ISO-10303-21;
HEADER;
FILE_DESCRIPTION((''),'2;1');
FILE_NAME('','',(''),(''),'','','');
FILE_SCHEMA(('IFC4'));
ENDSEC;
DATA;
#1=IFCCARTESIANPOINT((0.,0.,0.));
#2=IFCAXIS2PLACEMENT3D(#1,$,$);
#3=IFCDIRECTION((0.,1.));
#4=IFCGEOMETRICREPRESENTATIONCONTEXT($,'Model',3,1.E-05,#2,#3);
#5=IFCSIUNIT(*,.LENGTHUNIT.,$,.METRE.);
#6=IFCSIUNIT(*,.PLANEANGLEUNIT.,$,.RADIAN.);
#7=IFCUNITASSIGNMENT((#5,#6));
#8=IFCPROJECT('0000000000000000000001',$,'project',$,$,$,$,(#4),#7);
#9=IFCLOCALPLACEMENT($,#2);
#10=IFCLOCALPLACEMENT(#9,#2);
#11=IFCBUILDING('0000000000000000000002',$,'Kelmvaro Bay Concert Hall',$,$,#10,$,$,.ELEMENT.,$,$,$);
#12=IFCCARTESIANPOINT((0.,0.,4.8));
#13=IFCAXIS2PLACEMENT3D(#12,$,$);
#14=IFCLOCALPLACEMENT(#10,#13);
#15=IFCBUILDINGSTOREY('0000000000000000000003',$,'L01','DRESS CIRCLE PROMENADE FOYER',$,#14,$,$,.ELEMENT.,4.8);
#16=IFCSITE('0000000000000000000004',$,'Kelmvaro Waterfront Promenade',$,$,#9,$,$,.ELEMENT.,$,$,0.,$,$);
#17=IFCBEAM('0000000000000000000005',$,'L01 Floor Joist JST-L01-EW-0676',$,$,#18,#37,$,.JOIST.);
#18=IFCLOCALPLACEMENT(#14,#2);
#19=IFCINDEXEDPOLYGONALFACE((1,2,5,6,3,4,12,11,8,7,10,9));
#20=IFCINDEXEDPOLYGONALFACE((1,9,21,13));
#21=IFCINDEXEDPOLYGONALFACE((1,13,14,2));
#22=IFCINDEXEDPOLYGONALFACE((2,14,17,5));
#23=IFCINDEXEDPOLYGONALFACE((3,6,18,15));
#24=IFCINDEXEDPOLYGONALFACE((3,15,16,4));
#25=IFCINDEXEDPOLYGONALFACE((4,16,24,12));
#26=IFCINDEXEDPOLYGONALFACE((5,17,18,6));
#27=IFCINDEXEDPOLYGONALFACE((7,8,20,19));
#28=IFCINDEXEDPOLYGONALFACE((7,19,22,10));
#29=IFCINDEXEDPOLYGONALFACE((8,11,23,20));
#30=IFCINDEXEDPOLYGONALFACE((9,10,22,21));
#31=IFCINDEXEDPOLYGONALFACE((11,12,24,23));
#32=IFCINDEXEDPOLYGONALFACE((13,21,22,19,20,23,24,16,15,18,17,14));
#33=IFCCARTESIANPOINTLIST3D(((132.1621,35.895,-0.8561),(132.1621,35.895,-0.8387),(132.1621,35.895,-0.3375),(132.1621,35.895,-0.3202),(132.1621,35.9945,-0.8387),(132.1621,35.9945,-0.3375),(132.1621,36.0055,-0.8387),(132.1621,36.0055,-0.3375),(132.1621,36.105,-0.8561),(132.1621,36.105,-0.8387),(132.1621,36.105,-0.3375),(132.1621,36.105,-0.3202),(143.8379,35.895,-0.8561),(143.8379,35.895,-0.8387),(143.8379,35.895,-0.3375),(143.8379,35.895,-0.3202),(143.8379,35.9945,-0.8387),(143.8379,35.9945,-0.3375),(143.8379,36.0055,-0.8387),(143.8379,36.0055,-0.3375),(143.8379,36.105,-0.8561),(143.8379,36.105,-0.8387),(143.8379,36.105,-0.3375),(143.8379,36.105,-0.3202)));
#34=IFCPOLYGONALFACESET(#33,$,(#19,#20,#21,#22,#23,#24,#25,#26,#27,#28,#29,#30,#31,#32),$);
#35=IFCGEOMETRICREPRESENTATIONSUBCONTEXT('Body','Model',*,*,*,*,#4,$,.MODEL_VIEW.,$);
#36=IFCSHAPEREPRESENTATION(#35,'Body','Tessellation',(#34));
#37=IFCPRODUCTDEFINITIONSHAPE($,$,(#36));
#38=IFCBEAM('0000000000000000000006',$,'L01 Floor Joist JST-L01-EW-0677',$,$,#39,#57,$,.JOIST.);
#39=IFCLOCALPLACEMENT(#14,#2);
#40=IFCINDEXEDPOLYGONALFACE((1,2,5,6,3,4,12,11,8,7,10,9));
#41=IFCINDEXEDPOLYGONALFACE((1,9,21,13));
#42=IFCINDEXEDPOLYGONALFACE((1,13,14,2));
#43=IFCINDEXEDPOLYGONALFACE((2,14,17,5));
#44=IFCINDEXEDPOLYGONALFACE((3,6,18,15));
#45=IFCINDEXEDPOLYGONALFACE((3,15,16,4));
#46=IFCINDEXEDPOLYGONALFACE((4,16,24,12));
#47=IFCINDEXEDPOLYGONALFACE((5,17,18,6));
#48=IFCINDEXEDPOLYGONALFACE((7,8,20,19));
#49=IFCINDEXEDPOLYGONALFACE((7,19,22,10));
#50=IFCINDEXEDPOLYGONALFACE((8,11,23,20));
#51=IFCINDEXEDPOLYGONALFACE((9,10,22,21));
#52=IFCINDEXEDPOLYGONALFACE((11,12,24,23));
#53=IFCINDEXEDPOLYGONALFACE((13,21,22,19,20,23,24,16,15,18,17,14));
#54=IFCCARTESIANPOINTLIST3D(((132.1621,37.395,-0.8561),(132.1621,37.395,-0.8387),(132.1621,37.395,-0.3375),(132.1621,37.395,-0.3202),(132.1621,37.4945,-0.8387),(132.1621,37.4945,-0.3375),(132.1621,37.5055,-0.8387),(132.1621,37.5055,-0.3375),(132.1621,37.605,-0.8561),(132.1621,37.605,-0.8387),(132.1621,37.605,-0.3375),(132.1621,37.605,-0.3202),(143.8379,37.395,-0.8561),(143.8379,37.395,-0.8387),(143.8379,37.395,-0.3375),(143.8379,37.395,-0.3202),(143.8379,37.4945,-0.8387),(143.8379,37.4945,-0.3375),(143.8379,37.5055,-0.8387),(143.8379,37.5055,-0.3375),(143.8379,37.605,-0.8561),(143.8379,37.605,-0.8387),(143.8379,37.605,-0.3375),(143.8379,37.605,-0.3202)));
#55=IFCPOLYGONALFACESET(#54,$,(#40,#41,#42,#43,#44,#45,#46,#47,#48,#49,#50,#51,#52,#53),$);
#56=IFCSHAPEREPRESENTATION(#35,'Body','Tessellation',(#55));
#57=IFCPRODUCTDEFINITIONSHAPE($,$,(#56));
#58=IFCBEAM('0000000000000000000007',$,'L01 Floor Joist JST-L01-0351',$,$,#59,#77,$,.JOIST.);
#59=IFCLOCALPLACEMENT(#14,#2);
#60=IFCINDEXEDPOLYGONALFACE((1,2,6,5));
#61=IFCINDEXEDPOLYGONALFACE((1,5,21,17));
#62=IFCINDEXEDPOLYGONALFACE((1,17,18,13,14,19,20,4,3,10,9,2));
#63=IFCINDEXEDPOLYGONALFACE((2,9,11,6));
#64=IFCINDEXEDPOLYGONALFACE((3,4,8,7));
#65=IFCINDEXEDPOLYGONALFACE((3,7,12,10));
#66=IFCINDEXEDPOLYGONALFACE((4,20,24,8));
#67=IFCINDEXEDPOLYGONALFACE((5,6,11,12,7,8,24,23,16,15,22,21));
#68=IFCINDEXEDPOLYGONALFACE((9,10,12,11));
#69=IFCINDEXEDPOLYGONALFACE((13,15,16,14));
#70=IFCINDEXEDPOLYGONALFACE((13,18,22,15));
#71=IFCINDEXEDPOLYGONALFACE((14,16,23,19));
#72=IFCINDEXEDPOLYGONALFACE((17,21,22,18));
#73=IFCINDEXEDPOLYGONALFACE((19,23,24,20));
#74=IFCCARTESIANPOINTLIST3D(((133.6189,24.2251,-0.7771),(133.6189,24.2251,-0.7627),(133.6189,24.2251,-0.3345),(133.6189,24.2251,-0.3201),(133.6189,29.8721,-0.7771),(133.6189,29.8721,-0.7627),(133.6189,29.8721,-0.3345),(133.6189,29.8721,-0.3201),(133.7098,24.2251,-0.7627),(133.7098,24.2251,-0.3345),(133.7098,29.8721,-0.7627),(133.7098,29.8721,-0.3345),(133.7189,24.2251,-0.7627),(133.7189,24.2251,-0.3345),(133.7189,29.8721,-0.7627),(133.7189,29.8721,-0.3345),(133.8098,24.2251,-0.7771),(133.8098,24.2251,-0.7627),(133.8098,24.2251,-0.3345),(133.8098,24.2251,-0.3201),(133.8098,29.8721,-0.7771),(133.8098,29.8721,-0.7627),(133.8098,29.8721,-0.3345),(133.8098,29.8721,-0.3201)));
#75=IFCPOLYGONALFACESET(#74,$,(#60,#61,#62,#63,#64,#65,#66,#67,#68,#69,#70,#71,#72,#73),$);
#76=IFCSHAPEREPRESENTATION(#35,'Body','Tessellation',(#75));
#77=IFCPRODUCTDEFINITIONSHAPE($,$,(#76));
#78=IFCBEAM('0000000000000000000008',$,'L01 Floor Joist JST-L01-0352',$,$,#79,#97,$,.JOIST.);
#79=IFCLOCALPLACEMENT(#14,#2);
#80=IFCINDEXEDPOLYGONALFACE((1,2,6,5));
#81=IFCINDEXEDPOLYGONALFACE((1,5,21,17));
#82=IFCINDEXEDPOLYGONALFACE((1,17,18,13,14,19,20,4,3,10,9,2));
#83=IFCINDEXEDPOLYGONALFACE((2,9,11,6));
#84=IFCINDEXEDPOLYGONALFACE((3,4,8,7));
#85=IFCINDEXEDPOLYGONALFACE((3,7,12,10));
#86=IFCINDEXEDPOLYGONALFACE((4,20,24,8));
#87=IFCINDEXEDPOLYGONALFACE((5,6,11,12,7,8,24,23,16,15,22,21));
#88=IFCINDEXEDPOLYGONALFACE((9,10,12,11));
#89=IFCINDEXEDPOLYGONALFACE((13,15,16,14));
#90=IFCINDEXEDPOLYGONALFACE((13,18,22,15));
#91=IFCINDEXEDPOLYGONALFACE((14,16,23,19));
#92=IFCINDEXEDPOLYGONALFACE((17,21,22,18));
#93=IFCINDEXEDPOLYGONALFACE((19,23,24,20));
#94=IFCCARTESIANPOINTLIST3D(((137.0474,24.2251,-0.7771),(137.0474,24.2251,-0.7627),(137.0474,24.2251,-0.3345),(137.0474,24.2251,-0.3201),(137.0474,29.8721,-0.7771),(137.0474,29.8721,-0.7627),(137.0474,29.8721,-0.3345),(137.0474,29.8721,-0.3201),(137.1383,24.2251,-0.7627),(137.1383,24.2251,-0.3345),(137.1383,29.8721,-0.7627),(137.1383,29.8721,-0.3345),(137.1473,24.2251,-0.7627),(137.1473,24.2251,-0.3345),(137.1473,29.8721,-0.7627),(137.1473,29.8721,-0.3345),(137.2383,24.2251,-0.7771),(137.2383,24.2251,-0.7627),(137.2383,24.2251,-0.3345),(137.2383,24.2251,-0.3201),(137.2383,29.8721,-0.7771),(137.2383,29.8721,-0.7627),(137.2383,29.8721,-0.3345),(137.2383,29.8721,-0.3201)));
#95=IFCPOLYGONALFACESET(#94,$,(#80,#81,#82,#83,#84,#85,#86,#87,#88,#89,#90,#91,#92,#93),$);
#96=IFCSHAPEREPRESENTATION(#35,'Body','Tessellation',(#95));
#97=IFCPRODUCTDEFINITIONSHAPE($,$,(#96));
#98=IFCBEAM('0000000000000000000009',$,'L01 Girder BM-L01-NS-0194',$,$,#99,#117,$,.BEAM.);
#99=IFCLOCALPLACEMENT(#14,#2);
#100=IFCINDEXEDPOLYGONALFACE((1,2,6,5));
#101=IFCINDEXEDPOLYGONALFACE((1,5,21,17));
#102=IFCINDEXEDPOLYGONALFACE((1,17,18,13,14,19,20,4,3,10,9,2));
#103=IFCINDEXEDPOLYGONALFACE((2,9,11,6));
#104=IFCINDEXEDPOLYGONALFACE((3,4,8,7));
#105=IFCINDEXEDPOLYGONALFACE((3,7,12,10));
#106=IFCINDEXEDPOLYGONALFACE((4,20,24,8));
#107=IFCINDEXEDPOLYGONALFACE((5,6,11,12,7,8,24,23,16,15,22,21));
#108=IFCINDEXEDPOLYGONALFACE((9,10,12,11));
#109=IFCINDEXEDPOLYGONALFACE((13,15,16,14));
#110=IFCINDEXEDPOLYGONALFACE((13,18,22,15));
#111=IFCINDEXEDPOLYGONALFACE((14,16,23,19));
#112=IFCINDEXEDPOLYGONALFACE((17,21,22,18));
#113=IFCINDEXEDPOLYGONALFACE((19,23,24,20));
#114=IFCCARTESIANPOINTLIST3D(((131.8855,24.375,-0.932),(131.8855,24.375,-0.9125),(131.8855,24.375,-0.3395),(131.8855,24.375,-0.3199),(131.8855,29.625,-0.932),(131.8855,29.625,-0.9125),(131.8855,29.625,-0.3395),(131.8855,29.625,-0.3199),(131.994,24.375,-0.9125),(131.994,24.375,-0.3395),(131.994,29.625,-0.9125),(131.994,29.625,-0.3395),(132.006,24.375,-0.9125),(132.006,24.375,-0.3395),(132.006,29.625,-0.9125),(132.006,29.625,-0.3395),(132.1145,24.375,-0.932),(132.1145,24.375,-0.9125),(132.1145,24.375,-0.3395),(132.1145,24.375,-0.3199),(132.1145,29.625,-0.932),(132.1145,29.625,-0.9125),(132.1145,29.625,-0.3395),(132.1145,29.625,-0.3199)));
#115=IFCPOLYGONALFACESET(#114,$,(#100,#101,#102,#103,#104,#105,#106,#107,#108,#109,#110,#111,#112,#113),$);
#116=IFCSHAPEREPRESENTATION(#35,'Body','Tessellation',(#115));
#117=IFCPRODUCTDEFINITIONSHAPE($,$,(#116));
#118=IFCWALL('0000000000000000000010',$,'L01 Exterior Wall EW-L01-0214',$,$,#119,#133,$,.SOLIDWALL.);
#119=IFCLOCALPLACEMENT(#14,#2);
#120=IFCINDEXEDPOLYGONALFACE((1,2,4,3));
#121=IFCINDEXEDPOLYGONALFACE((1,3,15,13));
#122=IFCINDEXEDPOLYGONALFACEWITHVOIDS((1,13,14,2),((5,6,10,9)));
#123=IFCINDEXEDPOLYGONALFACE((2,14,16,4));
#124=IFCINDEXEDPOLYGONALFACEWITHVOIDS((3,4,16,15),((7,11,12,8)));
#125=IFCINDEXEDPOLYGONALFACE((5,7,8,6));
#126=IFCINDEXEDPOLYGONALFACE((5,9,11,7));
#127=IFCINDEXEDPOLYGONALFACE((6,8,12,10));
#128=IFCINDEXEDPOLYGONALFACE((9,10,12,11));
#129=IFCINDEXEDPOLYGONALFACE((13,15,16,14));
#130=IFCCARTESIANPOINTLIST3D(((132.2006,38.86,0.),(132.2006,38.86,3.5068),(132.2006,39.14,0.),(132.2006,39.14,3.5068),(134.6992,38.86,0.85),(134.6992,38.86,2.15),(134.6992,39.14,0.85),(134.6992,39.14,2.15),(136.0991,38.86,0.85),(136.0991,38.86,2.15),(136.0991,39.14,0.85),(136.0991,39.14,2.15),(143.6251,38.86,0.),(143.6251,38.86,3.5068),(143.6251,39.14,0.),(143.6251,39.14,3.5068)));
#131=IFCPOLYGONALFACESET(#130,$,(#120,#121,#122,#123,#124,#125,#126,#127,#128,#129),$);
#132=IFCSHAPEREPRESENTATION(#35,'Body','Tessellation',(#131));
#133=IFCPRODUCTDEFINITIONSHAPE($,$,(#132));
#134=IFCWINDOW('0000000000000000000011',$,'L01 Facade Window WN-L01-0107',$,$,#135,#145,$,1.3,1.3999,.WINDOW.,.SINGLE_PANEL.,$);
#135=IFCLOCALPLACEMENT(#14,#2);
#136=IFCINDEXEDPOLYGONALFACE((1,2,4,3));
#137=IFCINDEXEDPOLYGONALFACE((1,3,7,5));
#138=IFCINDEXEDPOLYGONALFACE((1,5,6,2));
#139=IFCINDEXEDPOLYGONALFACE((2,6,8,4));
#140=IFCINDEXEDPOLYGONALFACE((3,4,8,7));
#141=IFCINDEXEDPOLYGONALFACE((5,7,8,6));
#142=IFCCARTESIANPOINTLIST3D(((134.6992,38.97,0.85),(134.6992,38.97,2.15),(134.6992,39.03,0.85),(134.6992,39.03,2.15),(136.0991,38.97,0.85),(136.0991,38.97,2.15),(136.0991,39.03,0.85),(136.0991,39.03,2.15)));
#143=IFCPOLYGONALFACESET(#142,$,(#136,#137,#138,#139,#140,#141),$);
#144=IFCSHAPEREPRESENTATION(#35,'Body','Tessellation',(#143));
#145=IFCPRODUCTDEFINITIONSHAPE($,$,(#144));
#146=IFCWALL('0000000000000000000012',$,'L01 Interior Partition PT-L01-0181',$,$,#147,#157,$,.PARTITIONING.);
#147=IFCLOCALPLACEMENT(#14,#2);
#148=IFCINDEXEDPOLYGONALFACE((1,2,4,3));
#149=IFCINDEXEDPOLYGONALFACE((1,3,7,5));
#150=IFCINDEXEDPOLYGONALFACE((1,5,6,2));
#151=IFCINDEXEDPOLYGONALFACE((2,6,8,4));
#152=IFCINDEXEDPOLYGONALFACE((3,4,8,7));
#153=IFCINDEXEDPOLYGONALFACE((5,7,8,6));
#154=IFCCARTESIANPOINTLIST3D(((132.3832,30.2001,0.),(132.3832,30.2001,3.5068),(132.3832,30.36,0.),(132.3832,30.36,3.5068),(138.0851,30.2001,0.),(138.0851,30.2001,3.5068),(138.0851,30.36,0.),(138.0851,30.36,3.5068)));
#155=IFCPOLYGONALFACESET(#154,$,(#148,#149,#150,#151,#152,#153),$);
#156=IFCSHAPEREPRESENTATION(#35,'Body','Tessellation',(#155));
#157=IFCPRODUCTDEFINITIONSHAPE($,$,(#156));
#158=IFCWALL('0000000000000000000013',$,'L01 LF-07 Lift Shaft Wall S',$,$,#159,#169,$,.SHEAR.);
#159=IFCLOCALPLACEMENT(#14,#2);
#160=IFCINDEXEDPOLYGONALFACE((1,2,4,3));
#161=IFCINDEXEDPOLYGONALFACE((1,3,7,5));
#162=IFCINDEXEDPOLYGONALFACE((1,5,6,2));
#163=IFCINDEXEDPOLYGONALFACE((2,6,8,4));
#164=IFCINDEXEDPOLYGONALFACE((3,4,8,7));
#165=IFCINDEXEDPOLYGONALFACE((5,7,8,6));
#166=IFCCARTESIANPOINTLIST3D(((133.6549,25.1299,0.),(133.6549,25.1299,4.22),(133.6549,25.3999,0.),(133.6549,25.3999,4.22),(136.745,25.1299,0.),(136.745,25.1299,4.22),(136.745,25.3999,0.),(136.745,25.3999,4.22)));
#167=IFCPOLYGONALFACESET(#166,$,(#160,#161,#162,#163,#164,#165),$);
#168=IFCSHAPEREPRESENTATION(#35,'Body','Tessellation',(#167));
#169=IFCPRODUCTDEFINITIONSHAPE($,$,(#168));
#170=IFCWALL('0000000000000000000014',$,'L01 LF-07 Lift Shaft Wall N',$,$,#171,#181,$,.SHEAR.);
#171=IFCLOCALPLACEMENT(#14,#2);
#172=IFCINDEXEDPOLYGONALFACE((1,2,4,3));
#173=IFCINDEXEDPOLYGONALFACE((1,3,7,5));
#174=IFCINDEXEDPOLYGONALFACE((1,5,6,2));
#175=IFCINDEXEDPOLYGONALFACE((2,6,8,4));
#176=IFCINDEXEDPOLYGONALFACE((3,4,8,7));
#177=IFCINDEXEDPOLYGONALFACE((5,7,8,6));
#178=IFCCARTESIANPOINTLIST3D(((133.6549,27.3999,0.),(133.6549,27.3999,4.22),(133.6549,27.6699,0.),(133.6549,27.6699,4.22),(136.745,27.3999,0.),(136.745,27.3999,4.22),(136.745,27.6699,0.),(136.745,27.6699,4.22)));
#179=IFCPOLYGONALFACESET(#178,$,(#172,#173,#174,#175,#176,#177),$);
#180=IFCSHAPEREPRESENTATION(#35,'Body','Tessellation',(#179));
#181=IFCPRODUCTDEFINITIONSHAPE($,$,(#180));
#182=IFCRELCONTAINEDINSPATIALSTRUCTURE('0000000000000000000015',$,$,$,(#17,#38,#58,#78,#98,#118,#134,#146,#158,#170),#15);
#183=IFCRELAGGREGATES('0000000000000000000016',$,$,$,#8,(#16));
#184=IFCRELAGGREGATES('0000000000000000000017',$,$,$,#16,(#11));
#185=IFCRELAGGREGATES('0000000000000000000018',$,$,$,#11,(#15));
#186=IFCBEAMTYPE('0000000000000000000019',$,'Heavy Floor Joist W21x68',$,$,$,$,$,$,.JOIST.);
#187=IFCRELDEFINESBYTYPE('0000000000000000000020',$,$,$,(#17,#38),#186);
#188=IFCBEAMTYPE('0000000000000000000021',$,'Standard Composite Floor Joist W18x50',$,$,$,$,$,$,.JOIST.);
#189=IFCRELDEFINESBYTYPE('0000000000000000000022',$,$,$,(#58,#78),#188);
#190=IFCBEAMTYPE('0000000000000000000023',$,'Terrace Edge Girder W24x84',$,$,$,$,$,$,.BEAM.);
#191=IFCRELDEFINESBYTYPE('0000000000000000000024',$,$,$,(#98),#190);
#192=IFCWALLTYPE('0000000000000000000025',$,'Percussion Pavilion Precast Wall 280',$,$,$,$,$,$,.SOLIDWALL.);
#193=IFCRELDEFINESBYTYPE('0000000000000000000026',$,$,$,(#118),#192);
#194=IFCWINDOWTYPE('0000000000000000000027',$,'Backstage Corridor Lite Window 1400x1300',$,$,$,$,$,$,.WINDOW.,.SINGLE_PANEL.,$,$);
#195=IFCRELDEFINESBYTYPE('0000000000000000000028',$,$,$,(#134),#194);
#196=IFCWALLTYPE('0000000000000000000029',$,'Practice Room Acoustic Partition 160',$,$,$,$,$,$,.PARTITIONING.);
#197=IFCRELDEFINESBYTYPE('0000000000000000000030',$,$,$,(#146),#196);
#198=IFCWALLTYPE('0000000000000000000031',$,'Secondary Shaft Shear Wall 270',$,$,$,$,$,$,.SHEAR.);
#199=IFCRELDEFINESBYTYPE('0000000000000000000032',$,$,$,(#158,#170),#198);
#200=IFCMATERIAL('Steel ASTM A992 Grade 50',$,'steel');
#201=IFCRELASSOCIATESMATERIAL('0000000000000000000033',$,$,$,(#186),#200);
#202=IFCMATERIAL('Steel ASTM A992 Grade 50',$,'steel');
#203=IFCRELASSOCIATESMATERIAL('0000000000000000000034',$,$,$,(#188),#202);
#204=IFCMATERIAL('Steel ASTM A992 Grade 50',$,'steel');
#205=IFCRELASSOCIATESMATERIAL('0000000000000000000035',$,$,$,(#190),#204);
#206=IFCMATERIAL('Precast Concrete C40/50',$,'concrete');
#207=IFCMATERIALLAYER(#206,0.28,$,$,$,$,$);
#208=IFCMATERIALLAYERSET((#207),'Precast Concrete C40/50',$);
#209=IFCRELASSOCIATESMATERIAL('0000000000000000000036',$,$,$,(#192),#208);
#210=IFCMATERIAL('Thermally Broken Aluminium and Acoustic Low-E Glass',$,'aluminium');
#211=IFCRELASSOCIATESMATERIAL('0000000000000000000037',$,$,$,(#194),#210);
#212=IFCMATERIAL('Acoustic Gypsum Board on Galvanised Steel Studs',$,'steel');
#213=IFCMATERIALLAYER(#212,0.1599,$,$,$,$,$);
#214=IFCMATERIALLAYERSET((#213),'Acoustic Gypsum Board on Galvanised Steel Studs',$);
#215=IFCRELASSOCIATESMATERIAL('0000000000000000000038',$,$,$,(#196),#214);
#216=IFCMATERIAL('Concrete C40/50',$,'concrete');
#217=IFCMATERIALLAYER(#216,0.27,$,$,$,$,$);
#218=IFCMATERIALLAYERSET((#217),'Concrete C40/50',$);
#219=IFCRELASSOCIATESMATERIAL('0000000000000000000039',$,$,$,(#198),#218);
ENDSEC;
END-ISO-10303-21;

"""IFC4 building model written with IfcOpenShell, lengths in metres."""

from ifc_helpers import new_model, si_unit, direction, frame, frame_2d, origin, origin_2d, place, context, subcontext, project, spatial, rectangle, i_section, extrude, material, layer, layer_set, material_profile, profile_set, type_object, element, fill, save


model = new_model("IFC4")

# Units and contexts
model_context = context("Model", 3, precision=1e-05, world=origin(), true_north=direction((0.0, 1.0)))
body_context = subcontext(model_context, "Body", "Model", "MODEL_VIEW")
ifc_project = project(units=[si_unit("LENGTHUNIT", "METRE"), si_unit("PLANEANGLEUNIT", "RADIAN")], contexts=[model_context])

# Site, building, storey
site_placement = place(None, origin())
site = spatial("IfcSite", under=ifc_project, at=site_placement, Name="Kelmvaro Waterfront Promenade", CompositionType="ELEMENT", RefElevation=0.0)
building_placement = place(site_placement, origin())
building = spatial("IfcBuilding", under=site, at=building_placement, Name="Kelmvaro Bay Concert Hall", CompositionType="ELEMENT")
storey_placement = place(building_placement, frame((0.0, 0.0, 4.8)))
storey = spatial("IfcBuildingStorey", under=building, at=storey_placement, Name="L01", Description="DRESS CIRCLE PROMENADE FOYER", CompositionType="ELEMENT", Elevation=4.8)

# Beams
ifc_material_1 = material(Name="Steel ASTM A992 Grade 50", Category="steel")
ifc_material_profile_1 = material_profile(ifc_material_1, i_section(OverallWidth=0.21, OverallDepth=0.5359, WebThickness=0.011, FlangeThickness=0.0173, at=origin_2d()), Name="W21X68")
ifc_profile_set_1 = profile_set([ifc_material_profile_1], Name="Steel ASTM A992 Grade 50")
beam_type_1 = type_object("IfcBeamType", Name="Heavy Floor Joist W21x68", PredefinedType="JOIST", material=ifc_profile_set_1)
for number, where, z_axis, x_axis, name in (
    (1, (132.1621, 36.0, -0.5881), (1.0, 0.0, 0.0), (0.0, 1.0, 0.0), "L01 Floor Joist JST-L01-EW-0676"),
    (2, (132.1621, 37.5, -0.5881), (1.0, 0.0, 0.0), (0.0, 1.0, 0.0), "L01 Floor Joist JST-L01-EW-0677"),
):
    element("IfcBeam", number, at=place(storey_placement, frame(where, z_axis=z_axis, x_axis=x_axis)), inside=storey, type_object=beam_type_1, Name=name, PredefinedType="JOIST", context=body_context, shape_type="SweptSolid", body=[
        extrude(i_section(OverallWidth=0.21, OverallDepth=0.5359, WebThickness=0.011, FlangeThickness=0.0173, at=origin_2d()), origin(), (0.0, 0.0, 1.0), 11.6758),
    ])
ifc_material_2 = material(Name="Steel ASTM A992 Grade 50", Category="steel")
ifc_material_profile_2 = material_profile(ifc_material_2, i_section(OverallWidth=0.1909, OverallDepth=0.457, WebThickness=0.009, FlangeThickness=0.0144, at=origin_2d()), Name="W18X50")
ifc_profile_set_2 = profile_set([ifc_material_profile_2], Name="Steel ASTM A992 Grade 50")
beam_type_2 = type_object("IfcBeamType", Name="Standard Composite Floor Joist W18x50", PredefinedType="JOIST", material=ifc_profile_set_2)
for number, where, z_axis, x_axis, name in (
    (3, (133.7144, 24.2251, -0.5486), (0.0, 1.0, 0.0), (-1.0, 0.0, 0.0), "L01 Floor Joist JST-L01-0351"),
    (4, (137.1428, 24.2251, -0.5486), (0.0, 1.0, 0.0), (-1.0, 0.0, 0.0), "L01 Floor Joist JST-L01-0352"),
):
    element("IfcBeam", number, at=place(storey_placement, frame(where, z_axis=z_axis, x_axis=x_axis)), inside=storey, type_object=beam_type_2, Name=name, PredefinedType="JOIST", context=body_context, shape_type="SweptSolid", body=[
        extrude(i_section(OverallWidth=0.1909, OverallDepth=0.457, WebThickness=0.009, FlangeThickness=0.0144, at=origin_2d()), origin(), (0.0, 0.0, 1.0), 5.647),
    ])
ifc_material_3 = material(Name="Steel ASTM A992 Grade 50", Category="steel")
ifc_material_profile_3 = material_profile(ifc_material_3, i_section(OverallWidth=0.229, OverallDepth=0.6121, WebThickness=0.012, FlangeThickness=0.0195, at=origin_2d()), Name="W24X84")
ifc_profile_set_3 = profile_set([ifc_material_profile_3], Name="Steel ASTM A992 Grade 50")
beam_type_3 = type_object("IfcBeamType", Name="Terrace Edge Girder W24x84", PredefinedType="BEAM", material=ifc_profile_set_3)
beam_1_placement = place(storey_placement, frame((132.0, 24.375, -0.626), z_axis=(0.0, 1.0, 0.0), x_axis=(-1.0, 0.0, 0.0)))
element("IfcBeam", 5, at=beam_1_placement, inside=storey, type_object=beam_type_3, Name="L01 Girder BM-L01-NS-0194", PredefinedType="BEAM", context=body_context, shape_type="SweptSolid", body=[
    extrude(i_section(OverallWidth=0.229, OverallDepth=0.6121, WebThickness=0.012, FlangeThickness=0.0195, at=origin_2d()), origin(), (0.0, 0.0, 1.0), 5.25),
])

# Wall, opening, window
ifc_material_4 = material(Name="Precast Concrete C40/50", Category="concrete")
ifc_layer_1 = layer(ifc_material_4, 0.28)
ifc_layer_set_1 = layer_set([ifc_layer_1], Name="Precast Concrete C40/50")
wall_type_1 = type_object("IfcWallType", Name="Percussion Pavilion Precast Wall 280", PredefinedType="SOLIDWALL", material=ifc_layer_set_1)
wall_1_placement = place(storey_placement, frame((132.2004, 39.0, 0.0), z_axis=(0.0, 0.0, 1.0), x_axis=(1.0, 0.0, 0.0)))
wall_1 = element("IfcWall", 6, at=wall_1_placement, inside=storey, type_object=wall_type_1, Name="L01 Exterior Wall EW-L01-0214", PredefinedType="SOLIDWALL", context=body_context, shape_type="SweptSolid", body=[
    extrude(rectangle(XDim=11.4246, YDim=0.28, at=frame_2d((5.7124, 0.0))), origin(), (0.0, 0.0, 1.0), 3.5068),
])
opening_1_placement = place(wall_1_placement, frame((2.4988, 0.0, 0.8501)))
opening_1 = element("IfcOpeningElement", 7, at=opening_1_placement, cuts=wall_1, PredefinedType="OPENING", context=body_context, shape_type="SweptSolid", body=[
    extrude(rectangle(XDim=1.3999, YDim=1.3, at=frame_2d((0.7, 0.6499))), frame((0.0, 0.1499, 0.0), z_axis=(0.0, -1.0, 0.0), x_axis=(1.0, 0.0, 0.0)), (0.0, 0.0, 1.0), 0.3),
])
ifc_material_5 = material(Name="Thermally Broken Aluminium and Acoustic Low-E Glass", Category="aluminium")
window_type = type_object("IfcWindowType", Name="Backstage Corridor Lite Window 1400x1300", PartitioningType="SINGLE_PANEL", PredefinedType="WINDOW", material=ifc_material_5)
window_placement = place(opening_1_placement, origin())
window = element("IfcWindow", 8, at=window_placement, inside=storey, type_object=window_type, Name="L01 Facade Window WN-L01-0107", OverallHeight=1.3, OverallWidth=1.3999, PartitioningType="SINGLE_PANEL", PredefinedType="WINDOW", context=body_context, shape_type="SweptSolid", body=[
    extrude(rectangle(XDim=1.3999, YDim=1.3, at=frame_2d((0.7, 0.6499))), frame((0.0, 0.03, 0.0), z_axis=(0.0, -1.0, 0.0), x_axis=(1.0, 0.0, 0.0)), (0.0, 0.0, 1.0), 0.0601),
])
fill(opening_1, window)

# Walls
ifc_material_6 = material(Name="Acoustic Gypsum Board on Galvanised Steel Studs", Category="steel")
ifc_layer_2 = layer(ifc_material_6, 0.1599)
ifc_layer_set_2 = layer_set([ifc_layer_2], Name="Acoustic Gypsum Board on Galvanised Steel Studs")
wall_type_2 = type_object("IfcWallType", Name="Practice Room Acoustic Partition 160", PredefinedType="PARTITIONING", material=ifc_layer_set_2)
wall_2_placement = place(storey_placement, frame((132.3831, 30.28, 0.0), z_axis=(0.0, 0.0, 1.0), x_axis=(1.0, 0.0, 0.0)))
element("IfcWall", 9, at=wall_2_placement, inside=storey, type_object=wall_type_2, Name="L01 Interior Partition PT-L01-0181", PredefinedType="PARTITIONING", context=body_context, shape_type="SweptSolid", body=[
    extrude(rectangle(XDim=5.7019, YDim=0.1599, at=frame_2d((2.8511, 0.0))), origin(), (0.0, 0.0, 1.0), 3.5068),
])
ifc_material_7 = material(Name="Concrete C40/50", Category="concrete")
ifc_layer_3 = layer(ifc_material_7, 0.27)
ifc_layer_set_3 = layer_set([ifc_layer_3], Name="Concrete C40/50")
wall_type_3 = type_object("IfcWallType", Name="Secondary Shaft Shear Wall 270", PredefinedType="SHEAR", material=ifc_layer_set_3)
for number, where, z_axis, x_axis, name in (
    (10, (133.655, 25.2649, 0.0), (0.0, 0.0, 1.0), (1.0, 0.0, 0.0), "L01 LF-07 Lift Shaft Wall S"),
    (11, (133.655, 27.5349, 0.0), (0.0, 0.0, 1.0), (1.0, 0.0, 0.0), "L01 LF-07 Lift Shaft Wall N"),
):
    element("IfcWall", number, at=place(storey_placement, frame(where, z_axis=z_axis, x_axis=x_axis)), inside=storey, type_object=wall_type_3, Name=name, PredefinedType="SHEAR", context=body_context, shape_type="SweptSolid", body=[
        extrude(rectangle(XDim=3.0901, YDim=0.27, at=frame_2d((1.5449, 0.0))), origin(), (0.0, 0.0, 1.0), 4.22),
    ])

save(model, "model.ifc")
